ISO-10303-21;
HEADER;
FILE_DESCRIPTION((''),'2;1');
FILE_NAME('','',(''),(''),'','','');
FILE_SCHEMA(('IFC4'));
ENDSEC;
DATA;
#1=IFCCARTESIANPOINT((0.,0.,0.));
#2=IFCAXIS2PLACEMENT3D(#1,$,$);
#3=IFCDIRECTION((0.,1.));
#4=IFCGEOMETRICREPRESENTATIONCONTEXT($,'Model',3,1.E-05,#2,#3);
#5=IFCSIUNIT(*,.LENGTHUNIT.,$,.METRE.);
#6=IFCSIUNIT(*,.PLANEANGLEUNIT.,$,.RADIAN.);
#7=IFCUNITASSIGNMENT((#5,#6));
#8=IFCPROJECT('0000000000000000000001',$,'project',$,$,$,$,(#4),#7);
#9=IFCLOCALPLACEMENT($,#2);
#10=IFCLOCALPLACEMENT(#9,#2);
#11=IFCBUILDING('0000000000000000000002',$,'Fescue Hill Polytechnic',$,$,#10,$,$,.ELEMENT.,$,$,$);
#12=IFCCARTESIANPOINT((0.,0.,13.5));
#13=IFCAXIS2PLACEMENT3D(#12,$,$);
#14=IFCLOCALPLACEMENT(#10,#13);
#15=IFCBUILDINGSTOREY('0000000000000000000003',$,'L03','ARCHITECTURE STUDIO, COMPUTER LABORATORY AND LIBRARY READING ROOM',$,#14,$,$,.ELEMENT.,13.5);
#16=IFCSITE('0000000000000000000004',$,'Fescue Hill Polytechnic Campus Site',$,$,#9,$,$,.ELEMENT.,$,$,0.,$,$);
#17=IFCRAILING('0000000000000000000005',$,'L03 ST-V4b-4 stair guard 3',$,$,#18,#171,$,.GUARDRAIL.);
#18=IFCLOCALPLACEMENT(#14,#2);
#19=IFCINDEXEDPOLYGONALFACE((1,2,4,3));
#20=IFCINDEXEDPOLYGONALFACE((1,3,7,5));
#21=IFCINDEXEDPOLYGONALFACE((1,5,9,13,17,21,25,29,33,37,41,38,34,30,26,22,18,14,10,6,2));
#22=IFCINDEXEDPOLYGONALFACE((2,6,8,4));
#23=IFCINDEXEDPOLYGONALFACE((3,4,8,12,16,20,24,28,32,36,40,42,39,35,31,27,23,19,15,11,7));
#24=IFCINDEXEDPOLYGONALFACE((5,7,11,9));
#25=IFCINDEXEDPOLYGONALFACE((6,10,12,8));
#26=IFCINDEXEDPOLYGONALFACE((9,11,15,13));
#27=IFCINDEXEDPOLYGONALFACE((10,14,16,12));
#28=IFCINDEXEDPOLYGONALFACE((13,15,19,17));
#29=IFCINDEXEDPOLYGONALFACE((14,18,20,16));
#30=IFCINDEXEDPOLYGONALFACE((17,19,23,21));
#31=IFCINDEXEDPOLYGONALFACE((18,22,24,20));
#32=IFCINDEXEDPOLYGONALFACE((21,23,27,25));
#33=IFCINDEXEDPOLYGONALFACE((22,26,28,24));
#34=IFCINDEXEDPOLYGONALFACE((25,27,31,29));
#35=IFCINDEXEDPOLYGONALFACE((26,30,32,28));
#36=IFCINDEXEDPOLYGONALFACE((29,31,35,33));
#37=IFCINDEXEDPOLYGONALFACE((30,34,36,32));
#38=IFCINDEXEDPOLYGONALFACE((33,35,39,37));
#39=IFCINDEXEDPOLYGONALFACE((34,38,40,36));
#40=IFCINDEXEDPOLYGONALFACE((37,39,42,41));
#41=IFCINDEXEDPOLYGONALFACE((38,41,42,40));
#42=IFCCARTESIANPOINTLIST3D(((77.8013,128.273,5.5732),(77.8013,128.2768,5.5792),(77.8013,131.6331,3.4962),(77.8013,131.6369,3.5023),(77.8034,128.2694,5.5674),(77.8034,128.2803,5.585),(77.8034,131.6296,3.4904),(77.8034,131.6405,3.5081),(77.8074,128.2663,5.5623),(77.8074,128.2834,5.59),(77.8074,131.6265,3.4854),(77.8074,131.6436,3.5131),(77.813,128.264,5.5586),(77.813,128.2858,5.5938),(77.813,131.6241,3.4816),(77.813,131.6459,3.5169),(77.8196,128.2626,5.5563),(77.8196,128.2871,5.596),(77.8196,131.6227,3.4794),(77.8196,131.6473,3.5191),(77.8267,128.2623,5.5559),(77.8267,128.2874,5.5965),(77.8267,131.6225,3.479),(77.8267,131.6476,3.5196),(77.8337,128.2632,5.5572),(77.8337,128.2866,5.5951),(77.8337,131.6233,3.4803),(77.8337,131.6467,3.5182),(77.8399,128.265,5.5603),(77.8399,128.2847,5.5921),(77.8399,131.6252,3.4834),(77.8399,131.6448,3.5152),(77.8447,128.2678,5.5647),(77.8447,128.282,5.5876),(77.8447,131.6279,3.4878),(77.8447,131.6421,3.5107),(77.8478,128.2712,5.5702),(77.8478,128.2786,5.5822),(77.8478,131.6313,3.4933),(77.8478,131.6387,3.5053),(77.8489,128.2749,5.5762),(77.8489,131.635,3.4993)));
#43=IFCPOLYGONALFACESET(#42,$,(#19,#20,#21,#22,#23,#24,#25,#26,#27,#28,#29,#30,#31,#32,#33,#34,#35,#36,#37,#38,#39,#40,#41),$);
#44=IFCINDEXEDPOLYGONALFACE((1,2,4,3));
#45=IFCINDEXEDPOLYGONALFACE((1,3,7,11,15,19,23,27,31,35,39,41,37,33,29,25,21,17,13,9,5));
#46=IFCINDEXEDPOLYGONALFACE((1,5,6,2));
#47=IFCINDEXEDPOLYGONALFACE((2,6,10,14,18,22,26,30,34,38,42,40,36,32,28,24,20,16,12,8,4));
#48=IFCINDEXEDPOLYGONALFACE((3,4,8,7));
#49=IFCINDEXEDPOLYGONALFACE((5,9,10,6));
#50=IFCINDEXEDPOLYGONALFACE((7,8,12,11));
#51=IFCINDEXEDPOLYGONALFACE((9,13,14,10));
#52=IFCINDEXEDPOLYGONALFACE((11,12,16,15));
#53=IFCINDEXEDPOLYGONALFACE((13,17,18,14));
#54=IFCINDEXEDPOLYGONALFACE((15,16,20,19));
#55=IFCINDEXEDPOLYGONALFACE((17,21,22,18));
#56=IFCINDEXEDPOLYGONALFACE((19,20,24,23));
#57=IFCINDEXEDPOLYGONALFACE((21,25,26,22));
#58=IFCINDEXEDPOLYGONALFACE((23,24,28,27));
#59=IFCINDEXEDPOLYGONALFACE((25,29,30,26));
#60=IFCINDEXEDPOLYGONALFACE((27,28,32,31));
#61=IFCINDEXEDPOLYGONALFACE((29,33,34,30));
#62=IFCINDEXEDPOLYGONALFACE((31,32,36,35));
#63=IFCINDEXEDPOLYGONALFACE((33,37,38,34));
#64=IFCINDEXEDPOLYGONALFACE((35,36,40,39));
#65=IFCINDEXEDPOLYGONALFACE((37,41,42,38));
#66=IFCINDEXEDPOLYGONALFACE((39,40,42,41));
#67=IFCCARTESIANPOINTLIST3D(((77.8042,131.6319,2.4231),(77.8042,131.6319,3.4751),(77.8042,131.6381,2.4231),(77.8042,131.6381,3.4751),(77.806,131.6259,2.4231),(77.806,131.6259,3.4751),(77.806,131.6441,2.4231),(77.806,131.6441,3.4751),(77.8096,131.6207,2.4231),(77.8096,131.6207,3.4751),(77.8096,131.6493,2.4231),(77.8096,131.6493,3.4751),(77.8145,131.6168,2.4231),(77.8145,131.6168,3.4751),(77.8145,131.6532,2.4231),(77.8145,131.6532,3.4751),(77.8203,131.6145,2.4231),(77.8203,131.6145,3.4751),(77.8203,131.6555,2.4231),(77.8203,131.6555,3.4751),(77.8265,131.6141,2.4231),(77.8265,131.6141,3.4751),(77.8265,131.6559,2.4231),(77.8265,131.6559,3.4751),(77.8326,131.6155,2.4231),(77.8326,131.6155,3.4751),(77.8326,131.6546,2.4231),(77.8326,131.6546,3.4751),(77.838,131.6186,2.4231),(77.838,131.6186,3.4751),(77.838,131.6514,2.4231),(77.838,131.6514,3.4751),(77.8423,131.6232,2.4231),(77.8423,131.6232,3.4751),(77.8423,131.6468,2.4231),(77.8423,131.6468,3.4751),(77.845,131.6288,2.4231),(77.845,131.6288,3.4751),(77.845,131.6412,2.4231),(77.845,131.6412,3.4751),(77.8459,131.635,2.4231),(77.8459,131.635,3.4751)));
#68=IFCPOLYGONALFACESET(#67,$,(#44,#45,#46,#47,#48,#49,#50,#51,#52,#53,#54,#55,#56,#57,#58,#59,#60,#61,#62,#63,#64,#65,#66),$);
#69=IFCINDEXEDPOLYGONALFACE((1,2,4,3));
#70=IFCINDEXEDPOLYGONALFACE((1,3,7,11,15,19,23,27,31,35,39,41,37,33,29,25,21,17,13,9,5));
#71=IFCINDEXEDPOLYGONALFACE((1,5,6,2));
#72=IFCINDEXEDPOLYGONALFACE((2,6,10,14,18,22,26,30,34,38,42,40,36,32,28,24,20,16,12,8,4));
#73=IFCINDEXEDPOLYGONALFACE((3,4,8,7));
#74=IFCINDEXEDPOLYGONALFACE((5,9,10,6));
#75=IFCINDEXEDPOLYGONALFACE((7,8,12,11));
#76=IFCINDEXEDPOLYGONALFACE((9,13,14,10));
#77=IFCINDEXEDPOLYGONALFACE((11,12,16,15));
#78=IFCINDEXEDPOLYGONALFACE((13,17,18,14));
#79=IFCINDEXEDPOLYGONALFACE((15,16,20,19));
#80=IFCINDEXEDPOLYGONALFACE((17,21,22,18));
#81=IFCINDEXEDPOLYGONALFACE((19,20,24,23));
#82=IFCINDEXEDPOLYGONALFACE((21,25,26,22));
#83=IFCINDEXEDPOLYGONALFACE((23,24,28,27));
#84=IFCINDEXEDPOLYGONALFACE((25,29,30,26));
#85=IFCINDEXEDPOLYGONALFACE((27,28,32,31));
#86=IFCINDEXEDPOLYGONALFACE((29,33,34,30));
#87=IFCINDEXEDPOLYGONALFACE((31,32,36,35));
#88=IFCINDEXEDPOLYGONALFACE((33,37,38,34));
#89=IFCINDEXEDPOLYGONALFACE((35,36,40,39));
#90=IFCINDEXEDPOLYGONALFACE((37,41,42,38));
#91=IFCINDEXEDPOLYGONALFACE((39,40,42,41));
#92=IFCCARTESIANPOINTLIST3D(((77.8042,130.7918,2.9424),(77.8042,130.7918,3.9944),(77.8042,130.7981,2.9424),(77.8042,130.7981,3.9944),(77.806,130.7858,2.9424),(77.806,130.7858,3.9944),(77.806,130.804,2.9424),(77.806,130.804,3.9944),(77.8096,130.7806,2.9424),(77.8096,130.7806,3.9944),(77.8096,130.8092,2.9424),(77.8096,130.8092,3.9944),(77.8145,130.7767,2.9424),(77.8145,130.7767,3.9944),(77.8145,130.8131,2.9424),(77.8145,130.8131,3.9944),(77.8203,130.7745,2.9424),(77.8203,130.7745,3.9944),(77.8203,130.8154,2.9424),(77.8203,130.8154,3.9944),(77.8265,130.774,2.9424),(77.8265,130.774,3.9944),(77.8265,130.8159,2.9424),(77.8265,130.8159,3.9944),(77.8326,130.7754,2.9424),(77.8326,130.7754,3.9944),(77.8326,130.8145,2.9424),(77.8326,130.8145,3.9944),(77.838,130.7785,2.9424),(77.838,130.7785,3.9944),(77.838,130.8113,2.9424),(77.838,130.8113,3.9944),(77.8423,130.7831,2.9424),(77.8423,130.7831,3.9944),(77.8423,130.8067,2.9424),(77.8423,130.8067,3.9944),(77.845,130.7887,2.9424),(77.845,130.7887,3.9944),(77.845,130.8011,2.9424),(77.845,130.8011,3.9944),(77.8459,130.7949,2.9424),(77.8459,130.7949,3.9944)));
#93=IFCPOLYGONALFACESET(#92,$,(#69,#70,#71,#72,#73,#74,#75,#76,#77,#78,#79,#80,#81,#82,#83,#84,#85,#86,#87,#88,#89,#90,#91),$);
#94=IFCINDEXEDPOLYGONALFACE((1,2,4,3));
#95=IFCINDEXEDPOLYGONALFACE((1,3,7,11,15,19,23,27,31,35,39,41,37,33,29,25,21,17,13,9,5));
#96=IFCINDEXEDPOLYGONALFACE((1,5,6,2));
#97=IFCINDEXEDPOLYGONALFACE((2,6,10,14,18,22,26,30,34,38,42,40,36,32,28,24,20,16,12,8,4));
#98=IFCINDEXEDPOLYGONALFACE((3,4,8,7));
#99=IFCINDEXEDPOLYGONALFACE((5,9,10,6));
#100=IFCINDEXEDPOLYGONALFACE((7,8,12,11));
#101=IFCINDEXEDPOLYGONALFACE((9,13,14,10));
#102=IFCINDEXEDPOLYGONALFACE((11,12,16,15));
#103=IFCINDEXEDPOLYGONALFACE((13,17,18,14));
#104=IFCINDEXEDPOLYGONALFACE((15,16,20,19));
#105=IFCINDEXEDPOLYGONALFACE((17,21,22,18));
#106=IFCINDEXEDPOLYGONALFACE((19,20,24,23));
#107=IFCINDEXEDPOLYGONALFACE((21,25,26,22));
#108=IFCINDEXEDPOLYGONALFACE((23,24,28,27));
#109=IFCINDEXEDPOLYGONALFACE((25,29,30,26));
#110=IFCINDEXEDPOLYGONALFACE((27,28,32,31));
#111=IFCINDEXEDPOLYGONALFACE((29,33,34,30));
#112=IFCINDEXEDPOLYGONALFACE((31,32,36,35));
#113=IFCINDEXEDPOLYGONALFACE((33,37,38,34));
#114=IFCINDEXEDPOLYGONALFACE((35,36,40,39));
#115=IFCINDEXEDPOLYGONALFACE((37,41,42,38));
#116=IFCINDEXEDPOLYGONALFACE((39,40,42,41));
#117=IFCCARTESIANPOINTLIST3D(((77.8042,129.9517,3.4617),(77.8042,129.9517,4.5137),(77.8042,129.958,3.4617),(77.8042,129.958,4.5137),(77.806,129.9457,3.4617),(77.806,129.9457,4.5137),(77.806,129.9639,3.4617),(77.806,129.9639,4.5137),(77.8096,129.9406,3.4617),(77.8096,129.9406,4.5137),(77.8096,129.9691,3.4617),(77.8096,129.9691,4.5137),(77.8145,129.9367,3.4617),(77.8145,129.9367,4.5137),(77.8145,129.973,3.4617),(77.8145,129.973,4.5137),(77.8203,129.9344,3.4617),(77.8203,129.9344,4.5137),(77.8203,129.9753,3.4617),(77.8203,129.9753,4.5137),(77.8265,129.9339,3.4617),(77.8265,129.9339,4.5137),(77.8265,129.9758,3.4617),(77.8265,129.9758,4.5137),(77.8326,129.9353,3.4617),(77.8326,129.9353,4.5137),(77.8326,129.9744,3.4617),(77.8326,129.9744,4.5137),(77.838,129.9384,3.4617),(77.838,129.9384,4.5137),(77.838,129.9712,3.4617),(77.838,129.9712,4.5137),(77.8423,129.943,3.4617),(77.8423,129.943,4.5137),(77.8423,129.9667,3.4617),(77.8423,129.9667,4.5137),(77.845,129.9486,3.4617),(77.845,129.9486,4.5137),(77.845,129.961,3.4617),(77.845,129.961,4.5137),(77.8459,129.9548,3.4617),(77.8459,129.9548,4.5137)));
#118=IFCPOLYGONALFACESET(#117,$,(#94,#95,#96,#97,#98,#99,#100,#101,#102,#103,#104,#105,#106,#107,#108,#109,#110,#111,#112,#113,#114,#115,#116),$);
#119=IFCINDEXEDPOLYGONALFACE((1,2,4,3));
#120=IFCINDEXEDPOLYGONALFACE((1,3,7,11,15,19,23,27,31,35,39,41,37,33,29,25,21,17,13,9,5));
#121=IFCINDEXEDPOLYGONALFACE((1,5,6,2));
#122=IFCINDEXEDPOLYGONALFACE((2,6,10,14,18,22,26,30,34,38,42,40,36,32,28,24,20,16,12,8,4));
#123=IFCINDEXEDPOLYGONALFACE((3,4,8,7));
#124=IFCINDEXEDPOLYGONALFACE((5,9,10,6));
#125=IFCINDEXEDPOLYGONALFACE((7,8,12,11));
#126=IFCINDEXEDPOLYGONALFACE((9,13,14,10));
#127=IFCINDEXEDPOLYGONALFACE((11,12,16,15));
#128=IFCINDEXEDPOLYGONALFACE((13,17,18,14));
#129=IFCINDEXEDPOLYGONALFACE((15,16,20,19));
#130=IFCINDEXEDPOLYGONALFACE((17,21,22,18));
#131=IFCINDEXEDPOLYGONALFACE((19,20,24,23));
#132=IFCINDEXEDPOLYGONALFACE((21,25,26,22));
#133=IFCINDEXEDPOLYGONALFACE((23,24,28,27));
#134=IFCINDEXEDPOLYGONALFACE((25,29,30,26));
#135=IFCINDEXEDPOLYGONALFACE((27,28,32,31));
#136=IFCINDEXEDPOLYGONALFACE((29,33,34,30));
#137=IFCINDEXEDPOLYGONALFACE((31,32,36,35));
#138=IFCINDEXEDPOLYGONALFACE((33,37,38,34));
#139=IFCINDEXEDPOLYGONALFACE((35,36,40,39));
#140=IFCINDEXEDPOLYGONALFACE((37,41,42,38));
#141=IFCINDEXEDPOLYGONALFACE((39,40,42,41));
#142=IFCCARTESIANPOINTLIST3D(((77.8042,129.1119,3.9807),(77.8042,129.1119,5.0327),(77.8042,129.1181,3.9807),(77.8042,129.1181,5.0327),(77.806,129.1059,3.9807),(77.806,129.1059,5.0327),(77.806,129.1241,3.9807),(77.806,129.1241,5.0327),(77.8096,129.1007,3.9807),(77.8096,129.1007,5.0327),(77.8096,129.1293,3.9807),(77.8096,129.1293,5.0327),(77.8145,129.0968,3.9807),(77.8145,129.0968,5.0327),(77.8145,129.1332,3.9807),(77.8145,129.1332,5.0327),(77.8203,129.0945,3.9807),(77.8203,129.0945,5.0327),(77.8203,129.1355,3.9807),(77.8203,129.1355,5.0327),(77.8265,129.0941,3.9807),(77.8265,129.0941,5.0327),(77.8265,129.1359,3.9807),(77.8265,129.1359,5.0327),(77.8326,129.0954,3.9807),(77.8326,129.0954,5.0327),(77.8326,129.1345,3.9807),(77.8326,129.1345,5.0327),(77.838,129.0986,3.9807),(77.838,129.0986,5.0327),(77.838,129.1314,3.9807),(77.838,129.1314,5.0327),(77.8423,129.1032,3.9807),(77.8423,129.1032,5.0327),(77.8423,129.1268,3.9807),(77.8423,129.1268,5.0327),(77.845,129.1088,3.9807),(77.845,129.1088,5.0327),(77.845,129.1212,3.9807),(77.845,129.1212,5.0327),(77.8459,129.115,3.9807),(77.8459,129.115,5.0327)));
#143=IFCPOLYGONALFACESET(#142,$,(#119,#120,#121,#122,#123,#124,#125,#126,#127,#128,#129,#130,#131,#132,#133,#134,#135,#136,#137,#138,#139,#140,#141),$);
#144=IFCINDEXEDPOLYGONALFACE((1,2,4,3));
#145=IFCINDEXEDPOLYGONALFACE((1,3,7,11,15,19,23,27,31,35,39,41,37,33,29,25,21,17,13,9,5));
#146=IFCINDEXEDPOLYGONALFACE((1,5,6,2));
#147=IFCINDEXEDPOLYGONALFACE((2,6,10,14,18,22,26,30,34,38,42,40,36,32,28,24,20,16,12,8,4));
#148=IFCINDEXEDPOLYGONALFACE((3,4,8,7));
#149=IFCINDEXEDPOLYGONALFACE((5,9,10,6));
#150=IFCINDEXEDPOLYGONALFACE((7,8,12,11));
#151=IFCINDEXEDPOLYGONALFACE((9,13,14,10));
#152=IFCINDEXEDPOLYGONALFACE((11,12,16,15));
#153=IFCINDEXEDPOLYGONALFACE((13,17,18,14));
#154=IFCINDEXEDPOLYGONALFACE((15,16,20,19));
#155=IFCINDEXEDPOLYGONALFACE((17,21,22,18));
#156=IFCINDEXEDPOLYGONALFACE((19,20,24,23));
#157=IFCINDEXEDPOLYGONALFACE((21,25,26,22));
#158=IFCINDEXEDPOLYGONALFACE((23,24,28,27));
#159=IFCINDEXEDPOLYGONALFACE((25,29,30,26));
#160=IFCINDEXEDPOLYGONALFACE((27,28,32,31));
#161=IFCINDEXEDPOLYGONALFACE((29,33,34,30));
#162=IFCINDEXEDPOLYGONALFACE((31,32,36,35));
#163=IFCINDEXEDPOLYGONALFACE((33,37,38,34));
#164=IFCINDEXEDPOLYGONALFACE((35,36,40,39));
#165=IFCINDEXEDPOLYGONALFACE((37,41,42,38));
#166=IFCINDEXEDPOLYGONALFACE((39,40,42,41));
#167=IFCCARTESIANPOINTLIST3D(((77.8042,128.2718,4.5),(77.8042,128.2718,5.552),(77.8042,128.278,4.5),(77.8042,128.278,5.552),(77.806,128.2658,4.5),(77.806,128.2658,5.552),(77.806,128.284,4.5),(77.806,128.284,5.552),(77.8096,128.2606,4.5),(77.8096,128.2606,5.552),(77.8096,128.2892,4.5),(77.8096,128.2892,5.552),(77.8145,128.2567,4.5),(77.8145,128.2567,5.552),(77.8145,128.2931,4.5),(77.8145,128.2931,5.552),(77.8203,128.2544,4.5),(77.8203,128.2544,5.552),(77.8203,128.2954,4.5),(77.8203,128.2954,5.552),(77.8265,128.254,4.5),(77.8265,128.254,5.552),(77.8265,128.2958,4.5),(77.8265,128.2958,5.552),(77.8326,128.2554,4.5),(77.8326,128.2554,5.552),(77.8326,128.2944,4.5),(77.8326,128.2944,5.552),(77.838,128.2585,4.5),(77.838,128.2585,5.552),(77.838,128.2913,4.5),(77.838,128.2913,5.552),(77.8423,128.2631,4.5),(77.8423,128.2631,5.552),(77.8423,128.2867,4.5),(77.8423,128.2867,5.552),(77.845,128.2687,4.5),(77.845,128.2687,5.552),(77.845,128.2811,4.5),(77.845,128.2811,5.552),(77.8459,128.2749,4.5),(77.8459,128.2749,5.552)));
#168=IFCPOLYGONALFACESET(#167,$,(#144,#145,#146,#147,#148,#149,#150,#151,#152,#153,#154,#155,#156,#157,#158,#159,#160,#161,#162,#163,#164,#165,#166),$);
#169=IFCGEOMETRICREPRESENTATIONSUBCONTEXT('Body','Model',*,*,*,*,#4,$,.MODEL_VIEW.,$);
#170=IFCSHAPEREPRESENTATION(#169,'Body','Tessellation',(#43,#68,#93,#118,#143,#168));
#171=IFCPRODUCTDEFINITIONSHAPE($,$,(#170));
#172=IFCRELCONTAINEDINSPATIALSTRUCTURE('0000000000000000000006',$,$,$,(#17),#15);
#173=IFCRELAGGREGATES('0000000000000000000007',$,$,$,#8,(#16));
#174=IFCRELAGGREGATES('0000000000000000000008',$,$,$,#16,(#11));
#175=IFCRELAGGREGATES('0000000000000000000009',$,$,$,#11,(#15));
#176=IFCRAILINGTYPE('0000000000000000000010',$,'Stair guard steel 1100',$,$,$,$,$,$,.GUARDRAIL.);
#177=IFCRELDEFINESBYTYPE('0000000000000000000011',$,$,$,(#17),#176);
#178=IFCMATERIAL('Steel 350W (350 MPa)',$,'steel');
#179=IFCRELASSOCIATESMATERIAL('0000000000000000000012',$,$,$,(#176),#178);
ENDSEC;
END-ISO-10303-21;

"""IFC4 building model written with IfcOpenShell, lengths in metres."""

from ifc_helpers import new_model, si_unit, direction, frame, origin, origin_2d, place, context, subcontext, project, spatial, circle, extrude, material, type_object, element, save


model = new_model("IFC4")

# Units and contexts
model_context = context("Model", 3, precision=1e-05, world=origin(), true_north=direction((0.0, 1.0)))
body_context = subcontext(model_context, "Body", "Model", "MODEL_VIEW")
ifc_project = project(units=[si_unit("LENGTHUNIT", "METRE"), si_unit("PLANEANGLEUNIT", "RADIAN")], contexts=[model_context])

# Site, building, storey
site_placement = place(None, origin())
site = spatial("IfcSite", under=ifc_project, at=site_placement, Name="Fescue Hill Polytechnic Campus Site", CompositionType="ELEMENT", RefElevation=0.0)
building_placement = place(site_placement, origin())
building = spatial("IfcBuilding", under=site, at=building_placement, Name="Fescue Hill Polytechnic", CompositionType="ELEMENT")
storey_placement = place(building_placement, frame((0.0, 0.0, 13.5)))
storey = spatial("IfcBuildingStorey", under=building, at=storey_placement, Name="L03", Description="ARCHITECTURE STUDIO, COMPUTER LABORATORY AND LIBRARY READING ROOM", CompositionType="ELEMENT", Elevation=13.5)

# Railing
ifc_material_1 = material(Name="Steel 350W (350 MPa)", Category="steel")
railing_type_1 = type_object("IfcRailingType", Name="Stair guard steel 1100", PredefinedType="GUARDRAIL", material=ifc_material_1)
railing_1_placement = place(storey_placement, frame((77.825, 131.635, 2.4231)))
element("IfcRailing", 1, at=railing_1_placement, inside=storey, type_object=railing_type_1, Name="L03 ST-V4b-4 stair guard 3", PredefinedType="GUARDRAIL", context=body_context, shape_type="SweptSolid", body=[
    extrude(circle(Radius=0.0239, at=origin_2d()), frame((0.0, 0.0, 1.0762), z_axis=(0.0, -0.850623, 0.525776), x_axis=(1.0, 0.0, 0.0)), (0.0, 0.0, 1.0), 3.9502),
    extrude(circle(Radius=0.021, at=origin_2d()), origin(), (0.0, 0.0, 1.0), 1.052),
    extrude(circle(Radius=0.021, at=origin_2d()), frame((0.0, -0.8401, 0.5193)), (0.0, 0.0, 1.0), 1.052),
    extrude(circle(Radius=0.021, at=origin_2d()), frame((0.0, -1.6802, 1.0386)), (0.0, 0.0, 1.0), 1.052),
    extrude(circle(Radius=0.021, at=origin_2d()), frame((0.0, -2.52, 1.5576)), (0.0, 0.0, 1.0), 1.052),
    extrude(circle(Radius=0.021, at=origin_2d()), frame((0.0, -3.3601, 2.0769)), (0.0, 0.0, 1.0), 1.052),
])

save(model, "model.ifc")
